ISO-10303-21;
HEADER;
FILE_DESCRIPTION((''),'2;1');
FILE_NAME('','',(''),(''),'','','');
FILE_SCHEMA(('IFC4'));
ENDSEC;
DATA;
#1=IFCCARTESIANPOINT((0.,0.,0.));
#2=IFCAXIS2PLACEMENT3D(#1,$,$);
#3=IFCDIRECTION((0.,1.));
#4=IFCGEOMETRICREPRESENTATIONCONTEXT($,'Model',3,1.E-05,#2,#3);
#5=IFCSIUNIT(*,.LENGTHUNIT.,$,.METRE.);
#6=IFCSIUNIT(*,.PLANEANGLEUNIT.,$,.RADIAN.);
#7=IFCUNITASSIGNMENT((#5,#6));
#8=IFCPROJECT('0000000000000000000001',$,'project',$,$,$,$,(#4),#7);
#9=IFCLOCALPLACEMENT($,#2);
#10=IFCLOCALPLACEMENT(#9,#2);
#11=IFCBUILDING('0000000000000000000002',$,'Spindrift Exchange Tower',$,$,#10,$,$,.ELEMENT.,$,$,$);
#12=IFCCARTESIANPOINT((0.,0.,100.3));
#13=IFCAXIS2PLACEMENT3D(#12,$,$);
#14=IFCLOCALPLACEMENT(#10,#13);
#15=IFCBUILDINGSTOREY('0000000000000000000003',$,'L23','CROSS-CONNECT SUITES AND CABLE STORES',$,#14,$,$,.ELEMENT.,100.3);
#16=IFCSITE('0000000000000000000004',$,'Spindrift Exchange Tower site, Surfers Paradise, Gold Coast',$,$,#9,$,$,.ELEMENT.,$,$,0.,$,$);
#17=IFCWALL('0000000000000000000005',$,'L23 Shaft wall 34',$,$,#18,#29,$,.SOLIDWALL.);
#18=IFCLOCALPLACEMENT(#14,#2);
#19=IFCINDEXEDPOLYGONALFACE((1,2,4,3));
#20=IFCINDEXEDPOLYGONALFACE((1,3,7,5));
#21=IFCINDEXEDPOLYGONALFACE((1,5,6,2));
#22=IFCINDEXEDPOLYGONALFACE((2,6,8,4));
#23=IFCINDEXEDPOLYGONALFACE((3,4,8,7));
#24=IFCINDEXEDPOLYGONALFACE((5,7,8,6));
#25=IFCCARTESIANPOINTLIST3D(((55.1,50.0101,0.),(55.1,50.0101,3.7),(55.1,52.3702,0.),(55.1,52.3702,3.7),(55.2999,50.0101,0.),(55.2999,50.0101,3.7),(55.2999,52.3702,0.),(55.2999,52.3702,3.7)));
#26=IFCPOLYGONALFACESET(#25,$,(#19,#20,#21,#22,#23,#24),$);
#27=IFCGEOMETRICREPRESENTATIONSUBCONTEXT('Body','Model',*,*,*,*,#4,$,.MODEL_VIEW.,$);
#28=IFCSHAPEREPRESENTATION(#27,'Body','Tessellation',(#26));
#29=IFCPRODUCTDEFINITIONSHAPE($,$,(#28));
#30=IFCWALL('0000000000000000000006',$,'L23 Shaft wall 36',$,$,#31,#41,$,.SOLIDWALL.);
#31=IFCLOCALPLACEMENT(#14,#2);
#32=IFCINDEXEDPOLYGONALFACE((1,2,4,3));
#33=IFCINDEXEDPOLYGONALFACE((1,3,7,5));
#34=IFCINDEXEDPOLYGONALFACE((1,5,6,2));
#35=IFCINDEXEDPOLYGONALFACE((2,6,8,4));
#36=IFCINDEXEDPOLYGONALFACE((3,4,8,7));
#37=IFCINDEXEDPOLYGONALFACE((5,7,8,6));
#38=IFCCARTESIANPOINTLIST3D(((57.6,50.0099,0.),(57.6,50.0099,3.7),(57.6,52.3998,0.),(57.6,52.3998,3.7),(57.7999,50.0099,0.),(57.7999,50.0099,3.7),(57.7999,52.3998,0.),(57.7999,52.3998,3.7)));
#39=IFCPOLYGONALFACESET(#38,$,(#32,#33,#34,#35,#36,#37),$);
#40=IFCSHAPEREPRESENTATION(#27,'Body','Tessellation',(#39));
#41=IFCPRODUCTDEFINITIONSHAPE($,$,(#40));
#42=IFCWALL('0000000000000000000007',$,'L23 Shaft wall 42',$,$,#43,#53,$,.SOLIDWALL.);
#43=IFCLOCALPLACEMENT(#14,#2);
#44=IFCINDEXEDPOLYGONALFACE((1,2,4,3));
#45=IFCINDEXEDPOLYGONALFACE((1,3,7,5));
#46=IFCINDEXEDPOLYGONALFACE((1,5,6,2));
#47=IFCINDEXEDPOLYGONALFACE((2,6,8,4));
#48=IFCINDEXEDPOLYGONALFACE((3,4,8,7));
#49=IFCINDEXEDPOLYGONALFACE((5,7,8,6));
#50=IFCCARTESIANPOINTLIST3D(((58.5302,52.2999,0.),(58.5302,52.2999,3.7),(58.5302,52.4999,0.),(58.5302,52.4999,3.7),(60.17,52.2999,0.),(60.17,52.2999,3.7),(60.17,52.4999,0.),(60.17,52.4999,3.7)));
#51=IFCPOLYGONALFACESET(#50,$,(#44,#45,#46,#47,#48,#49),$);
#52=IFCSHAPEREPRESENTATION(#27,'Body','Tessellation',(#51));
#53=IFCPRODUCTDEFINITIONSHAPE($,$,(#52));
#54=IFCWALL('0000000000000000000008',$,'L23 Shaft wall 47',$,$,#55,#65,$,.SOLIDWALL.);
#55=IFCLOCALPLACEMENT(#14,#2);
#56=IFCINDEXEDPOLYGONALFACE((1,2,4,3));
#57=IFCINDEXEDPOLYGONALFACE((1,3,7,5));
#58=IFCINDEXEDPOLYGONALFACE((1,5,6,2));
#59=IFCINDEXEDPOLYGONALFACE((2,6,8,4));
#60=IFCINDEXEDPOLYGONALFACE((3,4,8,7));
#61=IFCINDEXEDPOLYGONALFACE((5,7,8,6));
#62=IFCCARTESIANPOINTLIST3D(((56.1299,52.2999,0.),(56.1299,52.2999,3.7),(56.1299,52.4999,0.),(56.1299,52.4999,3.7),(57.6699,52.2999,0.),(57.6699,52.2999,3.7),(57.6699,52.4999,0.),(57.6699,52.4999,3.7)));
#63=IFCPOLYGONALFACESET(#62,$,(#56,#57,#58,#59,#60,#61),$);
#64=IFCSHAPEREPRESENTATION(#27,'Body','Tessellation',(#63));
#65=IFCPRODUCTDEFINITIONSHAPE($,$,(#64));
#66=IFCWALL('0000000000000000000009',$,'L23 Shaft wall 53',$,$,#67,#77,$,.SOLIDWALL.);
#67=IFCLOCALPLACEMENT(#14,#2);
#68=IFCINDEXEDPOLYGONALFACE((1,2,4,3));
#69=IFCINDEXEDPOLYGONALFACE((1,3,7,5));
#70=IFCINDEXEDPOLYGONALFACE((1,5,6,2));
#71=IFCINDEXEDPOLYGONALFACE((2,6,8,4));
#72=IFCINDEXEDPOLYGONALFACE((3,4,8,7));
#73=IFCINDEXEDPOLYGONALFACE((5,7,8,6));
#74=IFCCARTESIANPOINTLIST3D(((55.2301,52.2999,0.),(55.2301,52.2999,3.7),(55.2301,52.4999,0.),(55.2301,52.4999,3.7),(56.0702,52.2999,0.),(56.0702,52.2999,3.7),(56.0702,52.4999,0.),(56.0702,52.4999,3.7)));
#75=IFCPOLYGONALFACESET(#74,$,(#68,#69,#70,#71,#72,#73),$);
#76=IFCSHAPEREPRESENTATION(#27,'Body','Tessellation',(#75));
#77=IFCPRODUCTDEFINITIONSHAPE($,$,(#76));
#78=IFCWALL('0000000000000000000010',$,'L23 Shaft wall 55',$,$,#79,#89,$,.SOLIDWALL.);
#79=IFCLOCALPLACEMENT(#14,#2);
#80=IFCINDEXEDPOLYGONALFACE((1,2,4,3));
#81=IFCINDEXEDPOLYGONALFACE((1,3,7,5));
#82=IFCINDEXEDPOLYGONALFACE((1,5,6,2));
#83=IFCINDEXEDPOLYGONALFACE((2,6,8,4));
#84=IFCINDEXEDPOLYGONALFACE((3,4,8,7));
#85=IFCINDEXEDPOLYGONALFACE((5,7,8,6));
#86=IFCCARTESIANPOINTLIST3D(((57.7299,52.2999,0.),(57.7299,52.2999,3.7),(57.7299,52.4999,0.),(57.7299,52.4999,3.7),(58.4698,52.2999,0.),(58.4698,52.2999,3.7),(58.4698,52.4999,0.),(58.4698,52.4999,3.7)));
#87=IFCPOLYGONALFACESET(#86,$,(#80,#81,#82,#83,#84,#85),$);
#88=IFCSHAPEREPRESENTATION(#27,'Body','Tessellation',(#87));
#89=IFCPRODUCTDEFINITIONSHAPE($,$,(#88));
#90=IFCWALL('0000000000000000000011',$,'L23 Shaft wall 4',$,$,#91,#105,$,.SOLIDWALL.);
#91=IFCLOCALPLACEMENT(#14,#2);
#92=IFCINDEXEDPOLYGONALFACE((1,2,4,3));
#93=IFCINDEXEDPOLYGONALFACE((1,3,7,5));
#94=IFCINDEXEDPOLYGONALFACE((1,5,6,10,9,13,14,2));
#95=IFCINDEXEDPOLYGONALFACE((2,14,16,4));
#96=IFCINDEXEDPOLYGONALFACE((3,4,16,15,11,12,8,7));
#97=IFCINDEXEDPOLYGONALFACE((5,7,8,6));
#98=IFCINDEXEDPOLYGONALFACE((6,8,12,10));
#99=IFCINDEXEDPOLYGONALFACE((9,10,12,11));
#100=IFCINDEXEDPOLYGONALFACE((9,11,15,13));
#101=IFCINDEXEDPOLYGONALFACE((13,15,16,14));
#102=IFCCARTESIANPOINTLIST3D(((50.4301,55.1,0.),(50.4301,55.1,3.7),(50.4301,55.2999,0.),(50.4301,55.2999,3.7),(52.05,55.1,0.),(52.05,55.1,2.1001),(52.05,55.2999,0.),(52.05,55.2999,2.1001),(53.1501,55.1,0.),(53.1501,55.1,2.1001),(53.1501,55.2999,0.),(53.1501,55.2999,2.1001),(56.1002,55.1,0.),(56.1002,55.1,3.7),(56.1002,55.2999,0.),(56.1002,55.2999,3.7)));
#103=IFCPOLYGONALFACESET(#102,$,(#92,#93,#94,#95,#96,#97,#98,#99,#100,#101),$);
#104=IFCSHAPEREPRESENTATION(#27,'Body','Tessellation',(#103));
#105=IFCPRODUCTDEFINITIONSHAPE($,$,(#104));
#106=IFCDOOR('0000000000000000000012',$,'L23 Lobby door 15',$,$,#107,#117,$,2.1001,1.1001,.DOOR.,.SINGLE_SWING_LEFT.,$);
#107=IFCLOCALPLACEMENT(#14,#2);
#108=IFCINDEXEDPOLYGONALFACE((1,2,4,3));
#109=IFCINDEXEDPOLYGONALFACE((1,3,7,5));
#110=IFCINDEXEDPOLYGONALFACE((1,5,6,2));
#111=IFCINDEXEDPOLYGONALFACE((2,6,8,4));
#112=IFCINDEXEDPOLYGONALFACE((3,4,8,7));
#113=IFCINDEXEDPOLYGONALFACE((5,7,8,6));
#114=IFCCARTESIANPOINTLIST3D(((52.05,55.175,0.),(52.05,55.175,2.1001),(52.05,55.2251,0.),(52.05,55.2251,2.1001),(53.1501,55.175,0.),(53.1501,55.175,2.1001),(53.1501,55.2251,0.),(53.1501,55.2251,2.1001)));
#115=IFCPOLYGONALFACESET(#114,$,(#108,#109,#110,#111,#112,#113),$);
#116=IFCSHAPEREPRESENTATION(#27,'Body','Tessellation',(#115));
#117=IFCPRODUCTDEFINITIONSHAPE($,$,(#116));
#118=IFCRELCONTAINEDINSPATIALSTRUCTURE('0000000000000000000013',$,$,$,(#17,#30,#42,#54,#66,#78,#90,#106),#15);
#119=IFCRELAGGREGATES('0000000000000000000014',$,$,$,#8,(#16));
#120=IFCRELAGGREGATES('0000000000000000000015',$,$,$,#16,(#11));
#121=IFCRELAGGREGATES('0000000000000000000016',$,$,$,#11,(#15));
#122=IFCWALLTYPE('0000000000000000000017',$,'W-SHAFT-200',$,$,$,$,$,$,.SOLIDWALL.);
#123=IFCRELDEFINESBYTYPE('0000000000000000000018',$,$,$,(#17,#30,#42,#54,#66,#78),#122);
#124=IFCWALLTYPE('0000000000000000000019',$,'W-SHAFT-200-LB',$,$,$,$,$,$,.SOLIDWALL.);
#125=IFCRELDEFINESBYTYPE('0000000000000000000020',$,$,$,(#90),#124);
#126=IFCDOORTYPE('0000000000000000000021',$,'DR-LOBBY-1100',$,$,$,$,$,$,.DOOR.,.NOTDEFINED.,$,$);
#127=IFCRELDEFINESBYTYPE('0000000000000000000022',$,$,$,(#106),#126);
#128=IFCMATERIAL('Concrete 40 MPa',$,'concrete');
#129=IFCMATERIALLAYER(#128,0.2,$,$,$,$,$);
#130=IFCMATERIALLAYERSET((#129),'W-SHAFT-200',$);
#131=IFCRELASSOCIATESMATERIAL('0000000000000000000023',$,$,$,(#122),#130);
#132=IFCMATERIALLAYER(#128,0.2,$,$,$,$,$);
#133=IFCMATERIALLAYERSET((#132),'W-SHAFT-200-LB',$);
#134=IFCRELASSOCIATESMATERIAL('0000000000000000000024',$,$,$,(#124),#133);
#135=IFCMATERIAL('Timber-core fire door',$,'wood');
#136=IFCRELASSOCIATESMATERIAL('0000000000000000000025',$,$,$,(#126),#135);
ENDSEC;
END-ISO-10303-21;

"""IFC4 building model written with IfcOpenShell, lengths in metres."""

from ifc_helpers import new_model, si_unit, direction, frame, frame_2d, origin, place, context, subcontext, project, spatial, rectangle, extrude, source, transform, mapped, material, layer, layer_set, type_object, element, fill, save


model = new_model("IFC4")

# Units and contexts
model_context = context("Model", 3, precision=1e-05, world=origin(), true_north=direction((0.0, 1.0)))
body_context = subcontext(model_context, "Body", "Model", "MODEL_VIEW")
ifc_project = project(units=[si_unit("LENGTHUNIT", "METRE"), si_unit("PLANEANGLEUNIT", "RADIAN")], contexts=[model_context])

# Site, building, storey
site_placement = place(None, origin())
site = spatial("IfcSite", under=ifc_project, at=site_placement, Name="Spindrift Exchange Tower site, Surfers Paradise, Gold Coast", CompositionType="ELEMENT", RefElevation=0.0)
building_placement = place(site_placement, origin())
building = spatial("IfcBuilding", under=site, at=building_placement, Name="Spindrift Exchange Tower", CompositionType="ELEMENT")
storey_placement = place(building_placement, frame((0.0, 0.0, 100.3)))
storey = spatial("IfcBuildingStorey", under=building, at=storey_placement, Name="L23", Description="CROSS-CONNECT SUITES AND CABLE STORES", CompositionType="ELEMENT", Elevation=100.3)

# Shared definitions
ifc_material_1 = material(Name="Concrete 40 MPa", Category="concrete")
ifc_layer_1 = layer(ifc_material_1, 0.2)
ifc_layer_set_1 = layer_set([ifc_layer_1], Name="W-SHAFT-200")
wall_type_1 = type_object("IfcWallType", Name="W-SHAFT-200", PredefinedType="SOLIDWALL", material=ifc_layer_set_1)

# Walls
wall_1_placement = place(storey_placement, frame((55.2, 50.01, 0.0), z_axis=(0.0, 0.0, 1.0), x_axis=(0.0, 1.0, 0.0)))
element("IfcWall", 1, at=wall_1_placement, inside=storey, type_object=wall_type_1, Name="L23 Shaft wall 34", PredefinedType="SOLIDWALL", context=body_context, shape_type="SweptSolid", body=[
    extrude(rectangle(XDim=2.3601, YDim=0.2, at=frame_2d((1.1802, 0.0))), origin(), (0.0, 0.0, 1.0), 3.7),
])
wall_2_placement = place(storey_placement, frame((57.7, 50.01, 0.0), z_axis=(0.0, 0.0, 1.0), x_axis=(0.0, 1.0, 0.0)))
element("IfcWall", 2, at=wall_2_placement, inside=storey, type_object=wall_type_1, Name="L23 Shaft wall 36", PredefinedType="SOLIDWALL", context=body_context, shape_type="SweptSolid", body=[
    extrude(rectangle(XDim=2.3899, YDim=0.2, at=frame_2d((1.1948, 0.0))), origin(), (0.0, 0.0, 1.0), 3.7),
])
wall_3_placement = place(storey_placement, frame((60.1699, 52.3999, 0.0), z_axis=(0.0, 0.0, 1.0), x_axis=(-1.0, 0.0, 0.0)))
element("IfcWall", 3, at=wall_3_placement, inside=storey, type_object=wall_type_1, Name="L23 Shaft wall 42", PredefinedType="SOLIDWALL", context=body_context, shape_type="SweptSolid", body=[
    extrude(rectangle(XDim=1.6399, YDim=0.2, at=frame_2d((0.8198, 0.0))), origin(), (0.0, 0.0, 1.0), 3.7),
])
wall_4_placement = place(storey_placement, frame((57.6699, 52.3999, 0.0), z_axis=(0.0, 0.0, 1.0), x_axis=(-1.0, 0.0, 0.0)))
element("IfcWall", 4, at=wall_4_placement, inside=storey, type_object=wall_type_1, Name="L23 Shaft wall 47", PredefinedType="SOLIDWALL", context=body_context, shape_type="SweptSolid", body=[
    extrude(rectangle(XDim=1.54, YDim=0.2, at=frame_2d((0.77, 0.0))), origin(), (0.0, 0.0, 1.0), 3.7),
])
wall_5_placement = place(storey_placement, frame((56.0701, 52.3999, 0.0), z_axis=(0.0, 0.0, 1.0), x_axis=(-1.0, 0.0, 0.0)))
element("IfcWall", 5, at=wall_5_placement, inside=storey, type_object=wall_type_1, Name="L23 Shaft wall 53", PredefinedType="SOLIDWALL", context=body_context, shape_type="SweptSolid", body=[
    extrude(rectangle(XDim=0.8401, YDim=0.2, at=frame_2d((0.4199, 0.0))), origin(), (0.0, 0.0, 1.0), 3.7),
])
wall_6_placement = place(storey_placement, frame((58.47, 52.3999, 0.0), z_axis=(0.0, 0.0, 1.0), x_axis=(-1.0, 0.0, 0.0)))
element("IfcWall", 6, at=wall_6_placement, inside=storey, type_object=wall_type_1, Name="L23 Shaft wall 55", PredefinedType="SOLIDWALL", context=body_context, shape_type="SweptSolid", body=[
    extrude(rectangle(XDim=0.74, YDim=0.2, at=frame_2d((0.3701, 0.0))), origin(), (0.0, 0.0, 1.0), 3.7),
])

# Wall, opening, door
ifc_layer_2 = layer(ifc_material_1, 0.2)
ifc_layer_set_2 = layer_set([ifc_layer_2], Name="W-SHAFT-200-LB")
wall_type_2 = type_object("IfcWallType", Name="W-SHAFT-200-LB", PredefinedType="SOLIDWALL", material=ifc_layer_set_2)
wall_7_placement = place(storey_placement, frame((56.1001, 55.2, 0.0), z_axis=(0.0, 0.0, 1.0), x_axis=(-1.0, 0.0, 0.0)))
wall_7 = element("IfcWall", 7, at=wall_7_placement, inside=storey, type_object=wall_type_2, Name="L23 Shaft wall 4", PredefinedType="SOLIDWALL", context=body_context, shape_type="SweptSolid", body=[
    extrude(rectangle(XDim=5.6702, YDim=0.2, at=frame_2d((2.835, 0.0))), origin(), (0.0, 0.0, 1.0), 3.7),
])
opening_1_placement = place(wall_7_placement, frame((2.95, 0.0, 0.0)))
opening_1 = element("IfcOpeningElement", 8, at=opening_1_placement, cuts=wall_7, PredefinedType="OPENING", context=body_context, shape_type="SweptSolid", body=[
    extrude(rectangle(XDim=1.1001, YDim=2.1001, at=frame_2d((0.55, 1.05))), frame((0.0, 0.1099, 0.0), z_axis=(0.0, -1.0, 0.0), x_axis=(1.0, 0.0, 0.0)), (0.0, 0.0, 1.0), 0.22),
])
ifc_material_2 = material(Name="Timber-core fire door", Category="wood")
door_type_1 = type_object("IfcDoorType", Name="DR-LOBBY-1100", OperationType="NOTDEFINED", PredefinedType="DOOR", material=ifc_material_2)
shared_shape_1 = source(origin(), body_context, "Body", "SweptSolid", [
    extrude(rectangle(XDim=1.1001, YDim=2.1001, at=frame_2d((0.55, 1.05))), frame((0.0, 0.0249, 0.0), z_axis=(0.0, -1.0, 0.0), x_axis=(1.0, 0.0, 0.0)), (0.0, 0.0, 1.0), 0.05),
])
door_1_placement = place(opening_1_placement, origin())
door_1 = element("IfcDoor", 9, at=door_1_placement, inside=storey, type_object=door_type_1, Name="L23 Lobby door 15", OperationType="SINGLE_SWING_LEFT", OverallHeight=2.1001, OverallWidth=1.1001, PredefinedType="DOOR", context=body_context, shape_type="MappedRepresentation", body=[
    mapped(shared_shape_1, transform((0.0, 0.0, 0.0), scale=1.0)),
])
fill(opening_1, door_1)

save(model, "model.ifc")
